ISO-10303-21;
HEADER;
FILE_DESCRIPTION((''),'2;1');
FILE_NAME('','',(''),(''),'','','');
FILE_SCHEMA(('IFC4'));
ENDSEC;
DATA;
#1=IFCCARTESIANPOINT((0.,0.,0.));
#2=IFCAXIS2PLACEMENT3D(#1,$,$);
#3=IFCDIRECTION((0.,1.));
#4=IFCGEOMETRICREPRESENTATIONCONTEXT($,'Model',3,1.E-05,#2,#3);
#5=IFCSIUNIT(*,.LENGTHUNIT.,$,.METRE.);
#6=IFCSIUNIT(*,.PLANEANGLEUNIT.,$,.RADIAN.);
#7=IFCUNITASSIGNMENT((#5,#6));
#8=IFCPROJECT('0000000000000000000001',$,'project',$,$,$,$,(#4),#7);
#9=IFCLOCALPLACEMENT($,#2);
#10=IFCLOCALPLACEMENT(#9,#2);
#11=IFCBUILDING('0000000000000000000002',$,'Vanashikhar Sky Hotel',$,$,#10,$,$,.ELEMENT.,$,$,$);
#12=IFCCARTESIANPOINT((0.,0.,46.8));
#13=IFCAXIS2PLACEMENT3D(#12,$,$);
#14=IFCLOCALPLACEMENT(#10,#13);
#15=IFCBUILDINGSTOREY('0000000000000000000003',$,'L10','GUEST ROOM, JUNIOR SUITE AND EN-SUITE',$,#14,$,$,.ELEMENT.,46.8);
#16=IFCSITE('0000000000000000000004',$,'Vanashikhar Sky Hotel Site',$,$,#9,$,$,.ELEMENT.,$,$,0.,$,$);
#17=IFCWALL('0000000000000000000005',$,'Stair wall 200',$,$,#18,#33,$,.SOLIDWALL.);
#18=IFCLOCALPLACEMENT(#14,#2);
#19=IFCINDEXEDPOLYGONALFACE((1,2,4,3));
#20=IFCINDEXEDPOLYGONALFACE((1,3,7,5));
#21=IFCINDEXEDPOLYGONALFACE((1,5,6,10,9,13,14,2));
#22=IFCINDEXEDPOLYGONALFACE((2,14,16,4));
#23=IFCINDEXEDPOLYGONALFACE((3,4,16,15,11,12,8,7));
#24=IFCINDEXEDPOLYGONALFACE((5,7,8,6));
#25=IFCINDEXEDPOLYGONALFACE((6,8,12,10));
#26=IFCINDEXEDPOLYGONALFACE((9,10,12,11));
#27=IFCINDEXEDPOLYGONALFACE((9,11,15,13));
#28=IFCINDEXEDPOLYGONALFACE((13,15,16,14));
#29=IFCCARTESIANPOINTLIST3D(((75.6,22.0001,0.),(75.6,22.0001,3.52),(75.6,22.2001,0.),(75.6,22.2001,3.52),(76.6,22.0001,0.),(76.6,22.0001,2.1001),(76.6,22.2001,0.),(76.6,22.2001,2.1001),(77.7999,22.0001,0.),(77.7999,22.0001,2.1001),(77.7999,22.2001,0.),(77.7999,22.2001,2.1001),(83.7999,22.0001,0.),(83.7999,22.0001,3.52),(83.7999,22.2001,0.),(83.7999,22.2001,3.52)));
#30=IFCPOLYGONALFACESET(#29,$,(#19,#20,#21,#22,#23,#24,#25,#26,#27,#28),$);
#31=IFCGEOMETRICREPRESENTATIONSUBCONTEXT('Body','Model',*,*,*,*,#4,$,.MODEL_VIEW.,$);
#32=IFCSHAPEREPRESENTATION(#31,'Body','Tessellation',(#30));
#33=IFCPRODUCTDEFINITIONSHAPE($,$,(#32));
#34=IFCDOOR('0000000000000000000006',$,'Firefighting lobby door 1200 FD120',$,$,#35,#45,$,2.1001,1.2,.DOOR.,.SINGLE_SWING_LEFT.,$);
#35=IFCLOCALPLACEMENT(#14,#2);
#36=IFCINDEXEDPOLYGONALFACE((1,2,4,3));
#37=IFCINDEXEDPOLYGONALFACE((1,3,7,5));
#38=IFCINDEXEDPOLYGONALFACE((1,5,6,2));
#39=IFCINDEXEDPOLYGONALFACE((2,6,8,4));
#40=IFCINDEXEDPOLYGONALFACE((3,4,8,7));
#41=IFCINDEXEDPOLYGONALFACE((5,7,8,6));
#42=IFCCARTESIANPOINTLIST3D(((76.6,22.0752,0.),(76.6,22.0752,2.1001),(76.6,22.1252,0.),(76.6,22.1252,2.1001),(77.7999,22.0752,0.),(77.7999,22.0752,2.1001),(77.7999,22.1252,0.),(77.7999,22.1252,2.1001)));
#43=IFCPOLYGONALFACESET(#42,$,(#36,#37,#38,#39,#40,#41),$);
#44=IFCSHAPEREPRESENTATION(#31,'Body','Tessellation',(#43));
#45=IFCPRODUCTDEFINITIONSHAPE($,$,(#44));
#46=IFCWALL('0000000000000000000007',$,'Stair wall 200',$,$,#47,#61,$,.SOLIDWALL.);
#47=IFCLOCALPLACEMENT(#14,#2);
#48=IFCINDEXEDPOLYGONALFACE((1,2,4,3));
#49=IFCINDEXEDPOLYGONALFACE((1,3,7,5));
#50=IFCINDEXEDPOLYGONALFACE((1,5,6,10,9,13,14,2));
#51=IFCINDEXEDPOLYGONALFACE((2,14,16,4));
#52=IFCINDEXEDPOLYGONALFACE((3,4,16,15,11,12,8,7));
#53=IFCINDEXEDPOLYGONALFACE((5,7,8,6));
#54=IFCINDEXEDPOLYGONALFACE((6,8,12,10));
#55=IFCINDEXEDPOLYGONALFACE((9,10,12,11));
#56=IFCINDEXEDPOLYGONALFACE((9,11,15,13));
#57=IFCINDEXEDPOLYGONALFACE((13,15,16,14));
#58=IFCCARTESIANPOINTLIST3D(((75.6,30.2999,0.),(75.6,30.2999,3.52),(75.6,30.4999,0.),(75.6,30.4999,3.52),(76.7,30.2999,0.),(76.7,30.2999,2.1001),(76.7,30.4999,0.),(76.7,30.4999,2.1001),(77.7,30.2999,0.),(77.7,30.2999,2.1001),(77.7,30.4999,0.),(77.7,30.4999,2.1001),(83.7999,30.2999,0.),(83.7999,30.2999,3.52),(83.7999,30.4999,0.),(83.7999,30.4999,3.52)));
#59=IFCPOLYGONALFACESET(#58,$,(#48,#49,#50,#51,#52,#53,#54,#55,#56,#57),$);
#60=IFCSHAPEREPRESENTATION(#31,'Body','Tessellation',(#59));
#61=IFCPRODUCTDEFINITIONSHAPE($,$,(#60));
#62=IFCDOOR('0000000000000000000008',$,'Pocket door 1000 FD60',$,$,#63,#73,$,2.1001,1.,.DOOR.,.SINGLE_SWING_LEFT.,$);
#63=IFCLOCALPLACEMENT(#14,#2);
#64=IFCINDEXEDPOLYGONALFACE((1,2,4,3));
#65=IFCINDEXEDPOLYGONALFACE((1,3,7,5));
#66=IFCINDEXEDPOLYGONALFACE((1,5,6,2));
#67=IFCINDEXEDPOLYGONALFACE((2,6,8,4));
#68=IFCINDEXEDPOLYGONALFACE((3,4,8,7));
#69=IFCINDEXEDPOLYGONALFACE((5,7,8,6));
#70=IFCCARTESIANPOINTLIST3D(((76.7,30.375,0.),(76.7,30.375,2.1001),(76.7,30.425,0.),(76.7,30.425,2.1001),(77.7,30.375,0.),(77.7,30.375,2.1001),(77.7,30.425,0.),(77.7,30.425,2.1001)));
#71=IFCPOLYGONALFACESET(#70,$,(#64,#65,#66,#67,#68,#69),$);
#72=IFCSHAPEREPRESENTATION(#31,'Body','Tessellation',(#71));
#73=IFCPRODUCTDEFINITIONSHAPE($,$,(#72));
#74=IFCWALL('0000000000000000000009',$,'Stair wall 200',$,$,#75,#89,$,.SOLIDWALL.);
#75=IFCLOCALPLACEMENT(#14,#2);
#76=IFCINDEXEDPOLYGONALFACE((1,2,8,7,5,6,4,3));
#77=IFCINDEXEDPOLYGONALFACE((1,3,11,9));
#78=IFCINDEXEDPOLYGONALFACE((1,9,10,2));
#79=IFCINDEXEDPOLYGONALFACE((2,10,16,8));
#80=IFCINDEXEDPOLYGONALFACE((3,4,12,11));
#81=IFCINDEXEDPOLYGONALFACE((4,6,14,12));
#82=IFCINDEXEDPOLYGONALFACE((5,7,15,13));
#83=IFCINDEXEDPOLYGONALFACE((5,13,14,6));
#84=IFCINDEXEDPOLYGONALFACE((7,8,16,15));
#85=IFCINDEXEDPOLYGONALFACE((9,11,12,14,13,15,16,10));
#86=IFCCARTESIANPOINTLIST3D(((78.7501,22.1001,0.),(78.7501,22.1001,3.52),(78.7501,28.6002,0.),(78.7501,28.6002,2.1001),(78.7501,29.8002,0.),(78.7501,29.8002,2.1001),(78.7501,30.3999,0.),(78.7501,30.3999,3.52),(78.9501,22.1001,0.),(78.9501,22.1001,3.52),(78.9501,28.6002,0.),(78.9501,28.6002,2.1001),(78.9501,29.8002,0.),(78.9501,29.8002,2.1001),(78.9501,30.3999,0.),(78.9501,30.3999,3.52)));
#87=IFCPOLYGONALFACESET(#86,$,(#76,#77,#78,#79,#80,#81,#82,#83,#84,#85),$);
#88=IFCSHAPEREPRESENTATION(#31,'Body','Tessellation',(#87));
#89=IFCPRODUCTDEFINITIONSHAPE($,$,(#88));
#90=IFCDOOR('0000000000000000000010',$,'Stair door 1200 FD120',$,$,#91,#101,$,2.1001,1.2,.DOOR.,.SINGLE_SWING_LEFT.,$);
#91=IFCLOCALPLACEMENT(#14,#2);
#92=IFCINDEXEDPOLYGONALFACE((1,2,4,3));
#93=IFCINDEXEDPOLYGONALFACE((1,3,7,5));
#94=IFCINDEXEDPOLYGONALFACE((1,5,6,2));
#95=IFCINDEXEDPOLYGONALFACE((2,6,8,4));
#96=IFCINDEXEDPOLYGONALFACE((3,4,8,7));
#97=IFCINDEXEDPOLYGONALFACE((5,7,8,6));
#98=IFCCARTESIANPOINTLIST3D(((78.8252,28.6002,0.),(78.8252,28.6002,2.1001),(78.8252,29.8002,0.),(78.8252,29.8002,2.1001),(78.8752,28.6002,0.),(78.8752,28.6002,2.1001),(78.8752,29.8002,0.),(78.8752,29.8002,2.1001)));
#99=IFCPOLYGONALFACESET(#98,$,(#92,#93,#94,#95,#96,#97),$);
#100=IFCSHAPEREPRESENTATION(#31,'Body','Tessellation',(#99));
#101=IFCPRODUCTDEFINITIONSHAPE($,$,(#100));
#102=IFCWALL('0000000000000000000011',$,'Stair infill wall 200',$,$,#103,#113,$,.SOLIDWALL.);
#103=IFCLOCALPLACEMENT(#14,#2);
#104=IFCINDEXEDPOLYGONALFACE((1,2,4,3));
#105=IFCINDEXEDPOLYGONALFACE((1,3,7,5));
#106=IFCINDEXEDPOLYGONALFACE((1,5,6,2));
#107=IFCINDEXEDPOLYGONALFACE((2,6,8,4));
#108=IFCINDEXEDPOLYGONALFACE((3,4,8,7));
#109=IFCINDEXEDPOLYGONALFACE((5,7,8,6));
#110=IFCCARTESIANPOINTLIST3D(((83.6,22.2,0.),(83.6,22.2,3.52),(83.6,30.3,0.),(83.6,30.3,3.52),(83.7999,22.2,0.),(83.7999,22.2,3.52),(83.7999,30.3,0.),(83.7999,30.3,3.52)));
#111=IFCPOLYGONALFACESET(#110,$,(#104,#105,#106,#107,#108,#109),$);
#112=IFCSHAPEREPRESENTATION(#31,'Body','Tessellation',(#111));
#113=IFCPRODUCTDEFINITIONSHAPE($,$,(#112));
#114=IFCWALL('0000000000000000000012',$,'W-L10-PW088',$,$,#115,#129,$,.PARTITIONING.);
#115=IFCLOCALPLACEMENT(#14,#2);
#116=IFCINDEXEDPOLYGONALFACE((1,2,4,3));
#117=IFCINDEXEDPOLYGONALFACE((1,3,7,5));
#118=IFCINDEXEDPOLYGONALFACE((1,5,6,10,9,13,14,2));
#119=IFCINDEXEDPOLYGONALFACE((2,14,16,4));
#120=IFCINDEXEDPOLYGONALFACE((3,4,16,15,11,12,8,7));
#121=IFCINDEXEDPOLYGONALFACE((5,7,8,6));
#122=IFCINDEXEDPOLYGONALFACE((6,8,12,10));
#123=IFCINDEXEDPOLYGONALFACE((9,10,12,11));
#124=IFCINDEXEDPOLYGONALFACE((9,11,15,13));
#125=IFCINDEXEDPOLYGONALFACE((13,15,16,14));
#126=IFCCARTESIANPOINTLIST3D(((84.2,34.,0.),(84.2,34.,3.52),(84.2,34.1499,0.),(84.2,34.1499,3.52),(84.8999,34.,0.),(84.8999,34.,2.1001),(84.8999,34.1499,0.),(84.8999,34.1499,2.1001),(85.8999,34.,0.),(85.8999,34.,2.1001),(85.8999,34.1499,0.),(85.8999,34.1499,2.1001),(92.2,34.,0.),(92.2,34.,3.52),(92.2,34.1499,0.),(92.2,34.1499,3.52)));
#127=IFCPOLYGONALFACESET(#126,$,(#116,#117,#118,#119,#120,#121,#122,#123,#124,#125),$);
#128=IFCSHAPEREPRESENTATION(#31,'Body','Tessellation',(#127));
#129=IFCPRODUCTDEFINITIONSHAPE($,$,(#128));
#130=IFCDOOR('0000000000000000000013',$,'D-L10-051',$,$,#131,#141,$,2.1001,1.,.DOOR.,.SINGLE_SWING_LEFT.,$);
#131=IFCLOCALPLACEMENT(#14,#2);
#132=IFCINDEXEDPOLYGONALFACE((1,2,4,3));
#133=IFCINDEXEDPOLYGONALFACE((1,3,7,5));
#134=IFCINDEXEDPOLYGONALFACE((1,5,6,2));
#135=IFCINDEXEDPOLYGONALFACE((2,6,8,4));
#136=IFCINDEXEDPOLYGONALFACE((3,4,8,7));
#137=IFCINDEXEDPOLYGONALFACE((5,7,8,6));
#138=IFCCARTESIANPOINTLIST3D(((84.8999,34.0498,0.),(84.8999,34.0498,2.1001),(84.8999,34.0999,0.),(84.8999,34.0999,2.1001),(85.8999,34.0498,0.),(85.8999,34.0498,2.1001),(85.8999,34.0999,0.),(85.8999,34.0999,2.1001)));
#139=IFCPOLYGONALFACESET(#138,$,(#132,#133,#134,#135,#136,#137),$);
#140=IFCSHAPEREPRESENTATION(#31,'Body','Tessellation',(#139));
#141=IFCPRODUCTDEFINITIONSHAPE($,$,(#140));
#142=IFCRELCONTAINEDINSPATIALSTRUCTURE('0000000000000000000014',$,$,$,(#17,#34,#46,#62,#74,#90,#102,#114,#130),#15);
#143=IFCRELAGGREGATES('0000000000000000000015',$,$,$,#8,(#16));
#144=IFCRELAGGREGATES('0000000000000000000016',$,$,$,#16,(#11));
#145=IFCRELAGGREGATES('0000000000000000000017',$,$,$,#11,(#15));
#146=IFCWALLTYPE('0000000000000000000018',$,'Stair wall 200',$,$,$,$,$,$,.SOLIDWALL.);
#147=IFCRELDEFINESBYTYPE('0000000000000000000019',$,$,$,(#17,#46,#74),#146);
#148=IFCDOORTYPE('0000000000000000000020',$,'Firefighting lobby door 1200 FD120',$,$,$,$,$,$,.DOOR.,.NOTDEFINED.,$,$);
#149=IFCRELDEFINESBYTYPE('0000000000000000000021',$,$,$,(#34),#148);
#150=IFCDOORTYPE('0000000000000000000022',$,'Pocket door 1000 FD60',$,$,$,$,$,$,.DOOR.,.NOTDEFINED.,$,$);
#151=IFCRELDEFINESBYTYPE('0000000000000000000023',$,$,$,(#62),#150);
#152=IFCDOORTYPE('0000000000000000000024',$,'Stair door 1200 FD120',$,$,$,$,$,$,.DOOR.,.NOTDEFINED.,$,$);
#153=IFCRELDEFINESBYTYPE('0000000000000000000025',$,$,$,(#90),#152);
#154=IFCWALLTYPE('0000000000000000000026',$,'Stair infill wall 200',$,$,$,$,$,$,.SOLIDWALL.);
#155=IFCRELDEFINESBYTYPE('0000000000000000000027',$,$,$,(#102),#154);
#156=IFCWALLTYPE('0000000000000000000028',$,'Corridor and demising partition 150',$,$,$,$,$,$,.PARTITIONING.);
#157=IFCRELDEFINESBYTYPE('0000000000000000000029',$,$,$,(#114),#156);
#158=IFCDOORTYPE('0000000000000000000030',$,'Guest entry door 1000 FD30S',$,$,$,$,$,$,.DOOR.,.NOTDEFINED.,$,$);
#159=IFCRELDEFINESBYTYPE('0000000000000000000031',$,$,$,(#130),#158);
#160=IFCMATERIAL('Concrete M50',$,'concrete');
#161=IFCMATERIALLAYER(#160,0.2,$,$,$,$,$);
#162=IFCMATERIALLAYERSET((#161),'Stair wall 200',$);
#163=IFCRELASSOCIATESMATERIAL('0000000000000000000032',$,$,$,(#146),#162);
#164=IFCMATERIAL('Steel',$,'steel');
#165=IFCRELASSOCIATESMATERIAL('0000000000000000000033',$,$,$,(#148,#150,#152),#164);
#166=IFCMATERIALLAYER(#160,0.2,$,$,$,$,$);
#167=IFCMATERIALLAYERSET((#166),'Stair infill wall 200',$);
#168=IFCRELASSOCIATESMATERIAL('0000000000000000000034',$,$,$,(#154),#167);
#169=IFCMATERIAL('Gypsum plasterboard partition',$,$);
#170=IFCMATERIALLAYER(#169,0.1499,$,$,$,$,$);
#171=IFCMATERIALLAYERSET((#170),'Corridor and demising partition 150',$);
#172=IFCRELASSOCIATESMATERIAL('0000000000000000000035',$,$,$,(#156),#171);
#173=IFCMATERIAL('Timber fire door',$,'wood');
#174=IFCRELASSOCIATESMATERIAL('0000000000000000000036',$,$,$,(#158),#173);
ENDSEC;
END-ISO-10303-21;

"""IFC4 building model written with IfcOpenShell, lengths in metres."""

from ifc_helpers import new_model, si_unit, direction, frame, frame_2d, origin, place, context, subcontext, project, spatial, rectangle, extrude, source, transform, mapped, material, layer, layer_set, type_object, element, fill, save


model = new_model("IFC4")

# Units and contexts
model_context = context("Model", 3, precision=1e-05, world=origin(), true_north=direction((0.0, 1.0)))
body_context = subcontext(model_context, "Body", "Model", "MODEL_VIEW")
ifc_project = project(units=[si_unit("LENGTHUNIT", "METRE"), si_unit("PLANEANGLEUNIT", "RADIAN")], contexts=[model_context])

# Site, building, storey
site_placement = place(None, origin())
site = spatial("IfcSite", under=ifc_project, at=site_placement, Name="Vanashikhar Sky Hotel Site", CompositionType="ELEMENT", RefElevation=0.0)
building_placement = place(site_placement, origin())
building = spatial("IfcBuilding", under=site, at=building_placement, Name="Vanashikhar Sky Hotel", CompositionType="ELEMENT")
storey_placement = place(building_placement, frame((0.0, 0.0, 46.8)))
storey = spatial("IfcBuildingStorey", under=building, at=storey_placement, Name="L10", Description="GUEST ROOM, JUNIOR SUITE AND EN-SUITE", CompositionType="ELEMENT", Elevation=46.8)

# Shared definitions
ifc_material_1 = material(Name="Concrete M50", Category="concrete")

# Walls, openings, doors
ifc_layer_1 = layer(ifc_material_1, 0.2)
ifc_layer_set_1 = layer_set([ifc_layer_1], Name="Stair wall 200")
wall_type_1 = type_object("IfcWallType", Name="Stair wall 200", PredefinedType="SOLIDWALL", material=ifc_layer_set_1)
shared_shape_1 = source(origin(), body_context, "Body", "SweptSolid", [
    extrude(rectangle(XDim=8.2, YDim=0.2, at=frame_2d((4.1001, 0.0))), origin(), (0.0, 0.0, 1.0), 3.52),
])
wall_1_placement = place(storey_placement, frame((83.8, 22.1001, 0.0), z_axis=(0.0, 0.0, 1.0), x_axis=(-1.0, 0.0, 0.0)))
wall_1 = element("IfcWall", 1, at=wall_1_placement, inside=storey, type_object=wall_type_1, Name="Stair wall 200", PredefinedType="SOLIDWALL", context=body_context, shape_type="MappedRepresentation", body=[
    mapped(shared_shape_1, transform((0.0, 0.0, 0.0), scale=1.0)),
])
shared_shape_2 = source(origin(), body_context, "Body", "SweptSolid", [
    extrude(rectangle(XDim=1.2, YDim=2.1001, at=frame_2d((0.6001, 1.05))), frame((0.0, 0.1099, 0.0), z_axis=(0.0, -1.0, 0.0), x_axis=(1.0, 0.0, 0.0)), (0.0, 0.0, 1.0), 0.22),
])
opening_1_placement = place(wall_1_placement, frame((6.0, 0.0, 0.0)))
opening_1 = element("IfcOpeningElement", 2, at=opening_1_placement, cuts=wall_1, PredefinedType="OPENING", context=body_context, shape_type="MappedRepresentation", body=[
    mapped(shared_shape_2, transform((0.0, 0.0, 0.0), scale=1.0)),
])
ifc_material_2 = material(Name="Steel", Category="steel")
door_type_1 = type_object("IfcDoorType", Name="Firefighting lobby door 1200 FD120", OperationType="NOTDEFINED", PredefinedType="DOOR", material=ifc_material_2)
shared_shape_3 = source(origin(), body_context, "Body", "SweptSolid", [
    extrude(rectangle(XDim=1.2, YDim=2.1001, at=frame_2d((0.6001, 1.05))), frame((0.0, 0.0249, 0.0), z_axis=(0.0, -1.0, 0.0), x_axis=(1.0, 0.0, 0.0)), (0.0, 0.0, 1.0), 0.05),
])
door_1_placement = place(opening_1_placement, origin())
door_1 = element("IfcDoor", 3, at=door_1_placement, inside=storey, type_object=door_type_1, Name="Firefighting lobby door 1200 FD120", OperationType="SINGLE_SWING_LEFT", OverallHeight=2.1001, OverallWidth=1.2, PredefinedType="DOOR", context=body_context, shape_type="MappedRepresentation", body=[
    mapped(shared_shape_3, transform((0.0, 0.0, 0.0), scale=1.0)),
])
fill(opening_1, door_1)
wall_2_placement = place(storey_placement, frame((83.8, 30.3999, 0.0), z_axis=(0.0, 0.0, 1.0), x_axis=(-1.0, 0.0, 0.0)))
wall_2 = element("IfcWall", 4, at=wall_2_placement, inside=storey, type_object=wall_type_1, Name="Stair wall 200", PredefinedType="SOLIDWALL", context=body_context, shape_type="MappedRepresentation", body=[
    mapped(shared_shape_1, transform((0.0, 0.0, 0.0), scale=1.0)),
])
shared_shape_4 = source(origin(), body_context, "Body", "SweptSolid", [
    extrude(rectangle(XDim=1.0, YDim=2.1001, at=frame_2d((0.5, 1.05))), frame((0.0, 0.1099, 0.0), z_axis=(0.0, -1.0, 0.0), x_axis=(1.0, 0.0, 0.0)), (0.0, 0.0, 1.0), 0.22),
])
opening_2_placement = place(wall_2_placement, frame((6.1001, 0.0, 0.0)))
opening_2 = element("IfcOpeningElement", 5, at=opening_2_placement, cuts=wall_2, PredefinedType="OPENING", context=body_context, shape_type="MappedRepresentation", body=[
    mapped(shared_shape_4, transform((0.0, 0.0, 0.0), scale=1.0)),
])
door_type_2 = type_object("IfcDoorType", Name="Pocket door 1000 FD60", OperationType="NOTDEFINED", PredefinedType="DOOR", material=ifc_material_2)
shared_shape_5 = source(origin(), body_context, "Body", "SweptSolid", [
    extrude(rectangle(XDim=1.0, YDim=2.1001, at=frame_2d((0.5, 1.05))), frame((0.0, 0.0249, 0.0), z_axis=(0.0, -1.0, 0.0), x_axis=(1.0, 0.0, 0.0)), (0.0, 0.0, 1.0), 0.05),
])
door_2_placement = place(opening_2_placement, origin())
door_2 = element("IfcDoor", 6, at=door_2_placement, inside=storey, type_object=door_type_2, Name="Pocket door 1000 FD60", OperationType="SINGLE_SWING_LEFT", OverallHeight=2.1001, OverallWidth=1.0, PredefinedType="DOOR", context=body_context, shape_type="MappedRepresentation", body=[
    mapped(shared_shape_5, transform((0.0, 0.0, 0.0), scale=1.0)),
])
fill(opening_2, door_2)
shared_shape_6 = source(origin(), body_context, "Body", "SweptSolid", [
    extrude(rectangle(XDim=8.2998, YDim=0.2, at=frame_2d((4.1499, 0.0))), origin(), (0.0, 0.0, 1.0), 3.52),
])
wall_3_placement = place(storey_placement, frame((78.8501, 22.1001, 0.0), z_axis=(0.0, 0.0, 1.0), x_axis=(0.0, 1.0, 0.0)))
wall_3 = element("IfcWall", 7, at=wall_3_placement, inside=storey, type_object=wall_type_1, Name="Stair wall 200", PredefinedType="SOLIDWALL", context=body_context, shape_type="MappedRepresentation", body=[
    mapped(shared_shape_6, transform((0.0, 0.0, 0.0), scale=1.0)),
])
opening_3_placement = place(wall_3_placement, frame((6.5, 0.0, 0.0)))
opening_3 = element("IfcOpeningElement", 8, at=opening_3_placement, cuts=wall_3, PredefinedType="OPENING", context=body_context, shape_type="MappedRepresentation", body=[
    mapped(shared_shape_2, transform((0.0, 0.0, 0.0), scale=1.0)),
])
door_type_3 = type_object("IfcDoorType", Name="Stair door 1200 FD120", OperationType="NOTDEFINED", PredefinedType="DOOR", material=ifc_material_2)
door_3_placement = place(opening_3_placement, origin())
door_3 = element("IfcDoor", 9, at=door_3_placement, inside=storey, type_object=door_type_3, Name="Stair door 1200 FD120", OperationType="SINGLE_SWING_LEFT", OverallHeight=2.1001, OverallWidth=1.2, PredefinedType="DOOR", context=body_context, shape_type="MappedRepresentation", body=[
    mapped(shared_shape_3, transform((0.0, 0.0, 0.0), scale=1.0)),
])
fill(opening_3, door_3)

# Wall
ifc_layer_2 = layer(ifc_material_1, 0.2)
ifc_layer_set_2 = layer_set([ifc_layer_2], Name="Stair infill wall 200")
wall_type_2 = type_object("IfcWallType", Name="Stair infill wall 200", PredefinedType="SOLIDWALL", material=ifc_layer_set_2)
shared_shape_7 = source(origin(), body_context, "Body", "SweptSolid", [
    extrude(rectangle(XDim=8.1001, YDim=0.2, at=frame_2d((4.05, 0.0))), origin(), (0.0, 0.0, 1.0), 3.52),
])
wall_4_placement = place(storey_placement, frame((83.7, 22.2, 0.0), z_axis=(0.0, 0.0, 1.0), x_axis=(0.0, 1.0, 0.0)))
element("IfcWall", 10, at=wall_4_placement, inside=storey, type_object=wall_type_2, Name="Stair infill wall 200", PredefinedType="SOLIDWALL", context=body_context, shape_type="MappedRepresentation", body=[
    mapped(shared_shape_7, transform((0.0, 0.0, 0.0), scale=1.0)),
])

# Wall, opening, door
ifc_material_3 = material(Name="Gypsum plasterboard partition")
ifc_layer_3 = layer(ifc_material_3, 0.1499)
ifc_layer_set_3 = layer_set([ifc_layer_3], Name="Corridor and demising partition 150")
wall_type_3 = type_object("IfcWallType", Name="Corridor and demising partition 150", PredefinedType="PARTITIONING", material=ifc_layer_set_3)
shared_shape_8 = source(origin(), body_context, "Body", "SweptSolid", [
    extrude(rectangle(XDim=8.0, YDim=0.1499, at=frame_2d((4.0, 0.0))), origin(), (0.0, 0.0, 1.0), 3.52),
])
wall_5_placement = place(storey_placement, frame((84.2, 34.075, 0.0), z_axis=(0.0, 0.0, 1.0), x_axis=(1.0, 0.0, 0.0)))
wall_5 = element("IfcWall", 11, at=wall_5_placement, inside=storey, type_object=wall_type_3, Name="W-L10-PW088", PredefinedType="PARTITIONING", context=body_context, shape_type="MappedRepresentation", body=[
    mapped(shared_shape_8, transform((0.0, 0.0, 0.0), scale=1.0)),
])
shared_shape_9 = source(origin(), body_context, "Body", "SweptSolid", [
    extrude(rectangle(XDim=1.0, YDim=2.1001, at=frame_2d((0.5, 1.05))), frame((0.0, 0.085, 0.0), z_axis=(0.0, -1.0, 0.0), x_axis=(1.0, 0.0, 0.0)), (0.0, 0.0, 1.0), 0.1699),
])
opening_4_placement = place(wall_5_placement, frame((0.7, 0.0, 0.0)))
opening_4 = element("IfcOpeningElement", 12, at=opening_4_placement, cuts=wall_5, PredefinedType="OPENING", context=body_context, shape_type="MappedRepresentation", body=[
    mapped(shared_shape_9, transform((0.0, 0.0, 0.0), scale=1.0)),
])
ifc_material_4 = material(Name="Timber fire door", Category="wood")
door_type_4 = type_object("IfcDoorType", Name="Guest entry door 1000 FD30S", OperationType="NOTDEFINED", PredefinedType="DOOR", material=ifc_material_4)
door_4_placement = place(opening_4_placement, origin())
door_4 = element("IfcDoor", 13, at=door_4_placement, inside=storey, type_object=door_type_4, Name="D-L10-051", OperationType="SINGLE_SWING_LEFT", OverallHeight=2.1001, OverallWidth=1.0, PredefinedType="DOOR", context=body_context, shape_type="MappedRepresentation", body=[
    mapped(shared_shape_5, transform((0.0, 0.0, 0.0), scale=1.0)),
])
fill(opening_4, door_4)

save(model, "model.ifc")
